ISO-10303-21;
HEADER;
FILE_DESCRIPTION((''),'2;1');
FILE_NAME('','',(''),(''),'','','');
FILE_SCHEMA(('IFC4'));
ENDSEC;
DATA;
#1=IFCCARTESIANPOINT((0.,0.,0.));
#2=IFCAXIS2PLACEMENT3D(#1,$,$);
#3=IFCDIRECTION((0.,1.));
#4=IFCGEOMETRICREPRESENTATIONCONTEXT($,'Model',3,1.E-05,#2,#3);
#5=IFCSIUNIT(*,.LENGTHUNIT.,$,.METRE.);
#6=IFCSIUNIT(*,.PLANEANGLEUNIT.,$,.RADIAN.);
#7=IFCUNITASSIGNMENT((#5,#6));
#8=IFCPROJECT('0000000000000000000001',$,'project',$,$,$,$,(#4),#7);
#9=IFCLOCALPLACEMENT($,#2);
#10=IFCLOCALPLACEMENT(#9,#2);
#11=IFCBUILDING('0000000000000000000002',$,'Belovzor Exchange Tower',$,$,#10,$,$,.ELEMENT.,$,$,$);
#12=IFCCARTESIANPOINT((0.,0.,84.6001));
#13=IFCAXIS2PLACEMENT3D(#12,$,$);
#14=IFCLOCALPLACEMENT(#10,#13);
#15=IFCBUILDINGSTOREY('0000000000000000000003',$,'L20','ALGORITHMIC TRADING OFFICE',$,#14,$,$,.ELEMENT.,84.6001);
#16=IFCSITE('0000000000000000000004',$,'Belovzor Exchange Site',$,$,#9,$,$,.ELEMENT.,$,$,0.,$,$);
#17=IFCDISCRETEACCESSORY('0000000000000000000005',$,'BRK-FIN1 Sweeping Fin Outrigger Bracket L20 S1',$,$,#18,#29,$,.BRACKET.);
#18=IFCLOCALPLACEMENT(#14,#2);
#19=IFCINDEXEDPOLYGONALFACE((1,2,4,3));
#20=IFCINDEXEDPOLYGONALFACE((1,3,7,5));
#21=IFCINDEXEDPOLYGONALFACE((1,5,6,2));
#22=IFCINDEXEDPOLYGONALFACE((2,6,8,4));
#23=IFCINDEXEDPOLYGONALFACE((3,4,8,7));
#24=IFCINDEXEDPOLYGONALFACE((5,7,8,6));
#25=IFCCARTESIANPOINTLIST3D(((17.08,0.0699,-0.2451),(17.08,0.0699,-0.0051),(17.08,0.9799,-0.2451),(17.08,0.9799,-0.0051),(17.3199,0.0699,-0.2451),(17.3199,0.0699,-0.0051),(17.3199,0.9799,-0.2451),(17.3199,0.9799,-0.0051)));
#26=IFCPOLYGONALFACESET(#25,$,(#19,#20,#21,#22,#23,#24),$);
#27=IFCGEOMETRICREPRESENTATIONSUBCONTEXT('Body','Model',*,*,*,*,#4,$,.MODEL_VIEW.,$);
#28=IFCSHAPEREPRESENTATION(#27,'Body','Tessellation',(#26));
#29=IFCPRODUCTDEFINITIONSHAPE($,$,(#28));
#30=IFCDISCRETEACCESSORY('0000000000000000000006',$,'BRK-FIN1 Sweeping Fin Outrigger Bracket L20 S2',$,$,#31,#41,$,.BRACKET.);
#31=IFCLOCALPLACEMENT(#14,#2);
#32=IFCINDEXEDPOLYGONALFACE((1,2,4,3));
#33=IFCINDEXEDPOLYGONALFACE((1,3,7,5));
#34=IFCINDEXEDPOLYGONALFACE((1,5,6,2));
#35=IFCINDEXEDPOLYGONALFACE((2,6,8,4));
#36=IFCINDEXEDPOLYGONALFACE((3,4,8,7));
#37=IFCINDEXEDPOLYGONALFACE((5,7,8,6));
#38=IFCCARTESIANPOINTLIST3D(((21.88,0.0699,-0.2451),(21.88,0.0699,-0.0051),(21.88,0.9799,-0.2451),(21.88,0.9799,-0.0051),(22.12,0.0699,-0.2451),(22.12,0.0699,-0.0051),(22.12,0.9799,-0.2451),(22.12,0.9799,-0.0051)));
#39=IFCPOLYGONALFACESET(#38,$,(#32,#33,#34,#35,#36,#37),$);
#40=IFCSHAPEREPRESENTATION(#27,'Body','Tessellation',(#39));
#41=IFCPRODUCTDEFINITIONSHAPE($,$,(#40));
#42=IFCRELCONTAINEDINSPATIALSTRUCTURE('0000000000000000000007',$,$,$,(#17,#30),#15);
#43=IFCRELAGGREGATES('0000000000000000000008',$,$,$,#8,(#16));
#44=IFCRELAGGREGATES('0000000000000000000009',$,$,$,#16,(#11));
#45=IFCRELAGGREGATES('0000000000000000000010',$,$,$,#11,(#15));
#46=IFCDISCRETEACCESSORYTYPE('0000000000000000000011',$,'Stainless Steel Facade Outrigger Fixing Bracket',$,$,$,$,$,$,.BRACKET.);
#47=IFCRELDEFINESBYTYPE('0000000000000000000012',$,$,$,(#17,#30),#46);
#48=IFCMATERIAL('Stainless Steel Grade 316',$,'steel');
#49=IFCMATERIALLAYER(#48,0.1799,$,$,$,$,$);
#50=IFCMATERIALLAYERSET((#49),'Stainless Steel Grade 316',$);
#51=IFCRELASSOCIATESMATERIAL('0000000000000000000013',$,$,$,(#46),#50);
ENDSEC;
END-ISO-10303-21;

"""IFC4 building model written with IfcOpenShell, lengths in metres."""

from ifc_helpers import new_model, si_unit, direction, frame, origin, origin_2d, place, context, subcontext, project, spatial, rectangle, extrude, material, layer, layer_set, type_object, element, save


model = new_model("IFC4")

# Units and contexts
model_context = context("Model", 3, precision=1e-05, world=origin(), true_north=direction((0.0, 1.0)))
body_context = subcontext(model_context, "Body", "Model", "MODEL_VIEW")
ifc_project = project(units=[si_unit("LENGTHUNIT", "METRE"), si_unit("PLANEANGLEUNIT", "RADIAN")], contexts=[model_context])

# Site, building, storey
site_placement = place(None, origin())
site = spatial("IfcSite", under=ifc_project, at=site_placement, Name="Belovzor Exchange Site", CompositionType="ELEMENT", RefElevation=0.0)
building_placement = place(site_placement, origin())
building = spatial("IfcBuilding", under=site, at=building_placement, Name="Belovzor Exchange Tower", CompositionType="ELEMENT")
storey_placement = place(building_placement, frame((0.0, 0.0, 84.6001)))
storey = spatial("IfcBuildingStorey", under=building, at=storey_placement, Name="L20", Description="ALGORITHMIC TRADING OFFICE", CompositionType="ELEMENT", Elevation=84.6001)

# Discrete accessories
ifc_material_1 = material(Name="Stainless Steel Grade 316", Category="steel")
ifc_layer_1 = layer(ifc_material_1, 0.1799)
ifc_layer_set_1 = layer_set([ifc_layer_1], Name="Stainless Steel Grade 316")
discrete_accessory_type = type_object("IfcDiscreteAccessoryType", Name="Stainless Steel Facade Outrigger Fixing Bracket", PredefinedType="BRACKET", material=ifc_layer_set_1)
for number, where, z_axis, x_axis, name in (
    (1, (17.2, 0.5249, -0.2451), (0.0, 0.0, 1.0), (0.0, 1.0, 0.0), "BRK-FIN1 Sweeping Fin Outrigger Bracket L20 S1"),
    (2, (22.0, 0.5249, -0.2451), (0.0, 0.0, 1.0), (0.0, 1.0, 0.0), "BRK-FIN1 Sweeping Fin Outrigger Bracket L20 S2"),
):
    element("IfcDiscreteAccessory", number, at=place(storey_placement, frame(where, z_axis=z_axis, x_axis=x_axis)), inside=storey, type_object=discrete_accessory_type, Name=name, PredefinedType="BRACKET", context=body_context, shape_type="SweptSolid", body=[
        extrude(rectangle(XDim=0.9099, YDim=0.24, at=origin_2d()), origin(), (0.0, 0.0, 1.0), 0.24),
    ])

save(model, "model.ifc")
